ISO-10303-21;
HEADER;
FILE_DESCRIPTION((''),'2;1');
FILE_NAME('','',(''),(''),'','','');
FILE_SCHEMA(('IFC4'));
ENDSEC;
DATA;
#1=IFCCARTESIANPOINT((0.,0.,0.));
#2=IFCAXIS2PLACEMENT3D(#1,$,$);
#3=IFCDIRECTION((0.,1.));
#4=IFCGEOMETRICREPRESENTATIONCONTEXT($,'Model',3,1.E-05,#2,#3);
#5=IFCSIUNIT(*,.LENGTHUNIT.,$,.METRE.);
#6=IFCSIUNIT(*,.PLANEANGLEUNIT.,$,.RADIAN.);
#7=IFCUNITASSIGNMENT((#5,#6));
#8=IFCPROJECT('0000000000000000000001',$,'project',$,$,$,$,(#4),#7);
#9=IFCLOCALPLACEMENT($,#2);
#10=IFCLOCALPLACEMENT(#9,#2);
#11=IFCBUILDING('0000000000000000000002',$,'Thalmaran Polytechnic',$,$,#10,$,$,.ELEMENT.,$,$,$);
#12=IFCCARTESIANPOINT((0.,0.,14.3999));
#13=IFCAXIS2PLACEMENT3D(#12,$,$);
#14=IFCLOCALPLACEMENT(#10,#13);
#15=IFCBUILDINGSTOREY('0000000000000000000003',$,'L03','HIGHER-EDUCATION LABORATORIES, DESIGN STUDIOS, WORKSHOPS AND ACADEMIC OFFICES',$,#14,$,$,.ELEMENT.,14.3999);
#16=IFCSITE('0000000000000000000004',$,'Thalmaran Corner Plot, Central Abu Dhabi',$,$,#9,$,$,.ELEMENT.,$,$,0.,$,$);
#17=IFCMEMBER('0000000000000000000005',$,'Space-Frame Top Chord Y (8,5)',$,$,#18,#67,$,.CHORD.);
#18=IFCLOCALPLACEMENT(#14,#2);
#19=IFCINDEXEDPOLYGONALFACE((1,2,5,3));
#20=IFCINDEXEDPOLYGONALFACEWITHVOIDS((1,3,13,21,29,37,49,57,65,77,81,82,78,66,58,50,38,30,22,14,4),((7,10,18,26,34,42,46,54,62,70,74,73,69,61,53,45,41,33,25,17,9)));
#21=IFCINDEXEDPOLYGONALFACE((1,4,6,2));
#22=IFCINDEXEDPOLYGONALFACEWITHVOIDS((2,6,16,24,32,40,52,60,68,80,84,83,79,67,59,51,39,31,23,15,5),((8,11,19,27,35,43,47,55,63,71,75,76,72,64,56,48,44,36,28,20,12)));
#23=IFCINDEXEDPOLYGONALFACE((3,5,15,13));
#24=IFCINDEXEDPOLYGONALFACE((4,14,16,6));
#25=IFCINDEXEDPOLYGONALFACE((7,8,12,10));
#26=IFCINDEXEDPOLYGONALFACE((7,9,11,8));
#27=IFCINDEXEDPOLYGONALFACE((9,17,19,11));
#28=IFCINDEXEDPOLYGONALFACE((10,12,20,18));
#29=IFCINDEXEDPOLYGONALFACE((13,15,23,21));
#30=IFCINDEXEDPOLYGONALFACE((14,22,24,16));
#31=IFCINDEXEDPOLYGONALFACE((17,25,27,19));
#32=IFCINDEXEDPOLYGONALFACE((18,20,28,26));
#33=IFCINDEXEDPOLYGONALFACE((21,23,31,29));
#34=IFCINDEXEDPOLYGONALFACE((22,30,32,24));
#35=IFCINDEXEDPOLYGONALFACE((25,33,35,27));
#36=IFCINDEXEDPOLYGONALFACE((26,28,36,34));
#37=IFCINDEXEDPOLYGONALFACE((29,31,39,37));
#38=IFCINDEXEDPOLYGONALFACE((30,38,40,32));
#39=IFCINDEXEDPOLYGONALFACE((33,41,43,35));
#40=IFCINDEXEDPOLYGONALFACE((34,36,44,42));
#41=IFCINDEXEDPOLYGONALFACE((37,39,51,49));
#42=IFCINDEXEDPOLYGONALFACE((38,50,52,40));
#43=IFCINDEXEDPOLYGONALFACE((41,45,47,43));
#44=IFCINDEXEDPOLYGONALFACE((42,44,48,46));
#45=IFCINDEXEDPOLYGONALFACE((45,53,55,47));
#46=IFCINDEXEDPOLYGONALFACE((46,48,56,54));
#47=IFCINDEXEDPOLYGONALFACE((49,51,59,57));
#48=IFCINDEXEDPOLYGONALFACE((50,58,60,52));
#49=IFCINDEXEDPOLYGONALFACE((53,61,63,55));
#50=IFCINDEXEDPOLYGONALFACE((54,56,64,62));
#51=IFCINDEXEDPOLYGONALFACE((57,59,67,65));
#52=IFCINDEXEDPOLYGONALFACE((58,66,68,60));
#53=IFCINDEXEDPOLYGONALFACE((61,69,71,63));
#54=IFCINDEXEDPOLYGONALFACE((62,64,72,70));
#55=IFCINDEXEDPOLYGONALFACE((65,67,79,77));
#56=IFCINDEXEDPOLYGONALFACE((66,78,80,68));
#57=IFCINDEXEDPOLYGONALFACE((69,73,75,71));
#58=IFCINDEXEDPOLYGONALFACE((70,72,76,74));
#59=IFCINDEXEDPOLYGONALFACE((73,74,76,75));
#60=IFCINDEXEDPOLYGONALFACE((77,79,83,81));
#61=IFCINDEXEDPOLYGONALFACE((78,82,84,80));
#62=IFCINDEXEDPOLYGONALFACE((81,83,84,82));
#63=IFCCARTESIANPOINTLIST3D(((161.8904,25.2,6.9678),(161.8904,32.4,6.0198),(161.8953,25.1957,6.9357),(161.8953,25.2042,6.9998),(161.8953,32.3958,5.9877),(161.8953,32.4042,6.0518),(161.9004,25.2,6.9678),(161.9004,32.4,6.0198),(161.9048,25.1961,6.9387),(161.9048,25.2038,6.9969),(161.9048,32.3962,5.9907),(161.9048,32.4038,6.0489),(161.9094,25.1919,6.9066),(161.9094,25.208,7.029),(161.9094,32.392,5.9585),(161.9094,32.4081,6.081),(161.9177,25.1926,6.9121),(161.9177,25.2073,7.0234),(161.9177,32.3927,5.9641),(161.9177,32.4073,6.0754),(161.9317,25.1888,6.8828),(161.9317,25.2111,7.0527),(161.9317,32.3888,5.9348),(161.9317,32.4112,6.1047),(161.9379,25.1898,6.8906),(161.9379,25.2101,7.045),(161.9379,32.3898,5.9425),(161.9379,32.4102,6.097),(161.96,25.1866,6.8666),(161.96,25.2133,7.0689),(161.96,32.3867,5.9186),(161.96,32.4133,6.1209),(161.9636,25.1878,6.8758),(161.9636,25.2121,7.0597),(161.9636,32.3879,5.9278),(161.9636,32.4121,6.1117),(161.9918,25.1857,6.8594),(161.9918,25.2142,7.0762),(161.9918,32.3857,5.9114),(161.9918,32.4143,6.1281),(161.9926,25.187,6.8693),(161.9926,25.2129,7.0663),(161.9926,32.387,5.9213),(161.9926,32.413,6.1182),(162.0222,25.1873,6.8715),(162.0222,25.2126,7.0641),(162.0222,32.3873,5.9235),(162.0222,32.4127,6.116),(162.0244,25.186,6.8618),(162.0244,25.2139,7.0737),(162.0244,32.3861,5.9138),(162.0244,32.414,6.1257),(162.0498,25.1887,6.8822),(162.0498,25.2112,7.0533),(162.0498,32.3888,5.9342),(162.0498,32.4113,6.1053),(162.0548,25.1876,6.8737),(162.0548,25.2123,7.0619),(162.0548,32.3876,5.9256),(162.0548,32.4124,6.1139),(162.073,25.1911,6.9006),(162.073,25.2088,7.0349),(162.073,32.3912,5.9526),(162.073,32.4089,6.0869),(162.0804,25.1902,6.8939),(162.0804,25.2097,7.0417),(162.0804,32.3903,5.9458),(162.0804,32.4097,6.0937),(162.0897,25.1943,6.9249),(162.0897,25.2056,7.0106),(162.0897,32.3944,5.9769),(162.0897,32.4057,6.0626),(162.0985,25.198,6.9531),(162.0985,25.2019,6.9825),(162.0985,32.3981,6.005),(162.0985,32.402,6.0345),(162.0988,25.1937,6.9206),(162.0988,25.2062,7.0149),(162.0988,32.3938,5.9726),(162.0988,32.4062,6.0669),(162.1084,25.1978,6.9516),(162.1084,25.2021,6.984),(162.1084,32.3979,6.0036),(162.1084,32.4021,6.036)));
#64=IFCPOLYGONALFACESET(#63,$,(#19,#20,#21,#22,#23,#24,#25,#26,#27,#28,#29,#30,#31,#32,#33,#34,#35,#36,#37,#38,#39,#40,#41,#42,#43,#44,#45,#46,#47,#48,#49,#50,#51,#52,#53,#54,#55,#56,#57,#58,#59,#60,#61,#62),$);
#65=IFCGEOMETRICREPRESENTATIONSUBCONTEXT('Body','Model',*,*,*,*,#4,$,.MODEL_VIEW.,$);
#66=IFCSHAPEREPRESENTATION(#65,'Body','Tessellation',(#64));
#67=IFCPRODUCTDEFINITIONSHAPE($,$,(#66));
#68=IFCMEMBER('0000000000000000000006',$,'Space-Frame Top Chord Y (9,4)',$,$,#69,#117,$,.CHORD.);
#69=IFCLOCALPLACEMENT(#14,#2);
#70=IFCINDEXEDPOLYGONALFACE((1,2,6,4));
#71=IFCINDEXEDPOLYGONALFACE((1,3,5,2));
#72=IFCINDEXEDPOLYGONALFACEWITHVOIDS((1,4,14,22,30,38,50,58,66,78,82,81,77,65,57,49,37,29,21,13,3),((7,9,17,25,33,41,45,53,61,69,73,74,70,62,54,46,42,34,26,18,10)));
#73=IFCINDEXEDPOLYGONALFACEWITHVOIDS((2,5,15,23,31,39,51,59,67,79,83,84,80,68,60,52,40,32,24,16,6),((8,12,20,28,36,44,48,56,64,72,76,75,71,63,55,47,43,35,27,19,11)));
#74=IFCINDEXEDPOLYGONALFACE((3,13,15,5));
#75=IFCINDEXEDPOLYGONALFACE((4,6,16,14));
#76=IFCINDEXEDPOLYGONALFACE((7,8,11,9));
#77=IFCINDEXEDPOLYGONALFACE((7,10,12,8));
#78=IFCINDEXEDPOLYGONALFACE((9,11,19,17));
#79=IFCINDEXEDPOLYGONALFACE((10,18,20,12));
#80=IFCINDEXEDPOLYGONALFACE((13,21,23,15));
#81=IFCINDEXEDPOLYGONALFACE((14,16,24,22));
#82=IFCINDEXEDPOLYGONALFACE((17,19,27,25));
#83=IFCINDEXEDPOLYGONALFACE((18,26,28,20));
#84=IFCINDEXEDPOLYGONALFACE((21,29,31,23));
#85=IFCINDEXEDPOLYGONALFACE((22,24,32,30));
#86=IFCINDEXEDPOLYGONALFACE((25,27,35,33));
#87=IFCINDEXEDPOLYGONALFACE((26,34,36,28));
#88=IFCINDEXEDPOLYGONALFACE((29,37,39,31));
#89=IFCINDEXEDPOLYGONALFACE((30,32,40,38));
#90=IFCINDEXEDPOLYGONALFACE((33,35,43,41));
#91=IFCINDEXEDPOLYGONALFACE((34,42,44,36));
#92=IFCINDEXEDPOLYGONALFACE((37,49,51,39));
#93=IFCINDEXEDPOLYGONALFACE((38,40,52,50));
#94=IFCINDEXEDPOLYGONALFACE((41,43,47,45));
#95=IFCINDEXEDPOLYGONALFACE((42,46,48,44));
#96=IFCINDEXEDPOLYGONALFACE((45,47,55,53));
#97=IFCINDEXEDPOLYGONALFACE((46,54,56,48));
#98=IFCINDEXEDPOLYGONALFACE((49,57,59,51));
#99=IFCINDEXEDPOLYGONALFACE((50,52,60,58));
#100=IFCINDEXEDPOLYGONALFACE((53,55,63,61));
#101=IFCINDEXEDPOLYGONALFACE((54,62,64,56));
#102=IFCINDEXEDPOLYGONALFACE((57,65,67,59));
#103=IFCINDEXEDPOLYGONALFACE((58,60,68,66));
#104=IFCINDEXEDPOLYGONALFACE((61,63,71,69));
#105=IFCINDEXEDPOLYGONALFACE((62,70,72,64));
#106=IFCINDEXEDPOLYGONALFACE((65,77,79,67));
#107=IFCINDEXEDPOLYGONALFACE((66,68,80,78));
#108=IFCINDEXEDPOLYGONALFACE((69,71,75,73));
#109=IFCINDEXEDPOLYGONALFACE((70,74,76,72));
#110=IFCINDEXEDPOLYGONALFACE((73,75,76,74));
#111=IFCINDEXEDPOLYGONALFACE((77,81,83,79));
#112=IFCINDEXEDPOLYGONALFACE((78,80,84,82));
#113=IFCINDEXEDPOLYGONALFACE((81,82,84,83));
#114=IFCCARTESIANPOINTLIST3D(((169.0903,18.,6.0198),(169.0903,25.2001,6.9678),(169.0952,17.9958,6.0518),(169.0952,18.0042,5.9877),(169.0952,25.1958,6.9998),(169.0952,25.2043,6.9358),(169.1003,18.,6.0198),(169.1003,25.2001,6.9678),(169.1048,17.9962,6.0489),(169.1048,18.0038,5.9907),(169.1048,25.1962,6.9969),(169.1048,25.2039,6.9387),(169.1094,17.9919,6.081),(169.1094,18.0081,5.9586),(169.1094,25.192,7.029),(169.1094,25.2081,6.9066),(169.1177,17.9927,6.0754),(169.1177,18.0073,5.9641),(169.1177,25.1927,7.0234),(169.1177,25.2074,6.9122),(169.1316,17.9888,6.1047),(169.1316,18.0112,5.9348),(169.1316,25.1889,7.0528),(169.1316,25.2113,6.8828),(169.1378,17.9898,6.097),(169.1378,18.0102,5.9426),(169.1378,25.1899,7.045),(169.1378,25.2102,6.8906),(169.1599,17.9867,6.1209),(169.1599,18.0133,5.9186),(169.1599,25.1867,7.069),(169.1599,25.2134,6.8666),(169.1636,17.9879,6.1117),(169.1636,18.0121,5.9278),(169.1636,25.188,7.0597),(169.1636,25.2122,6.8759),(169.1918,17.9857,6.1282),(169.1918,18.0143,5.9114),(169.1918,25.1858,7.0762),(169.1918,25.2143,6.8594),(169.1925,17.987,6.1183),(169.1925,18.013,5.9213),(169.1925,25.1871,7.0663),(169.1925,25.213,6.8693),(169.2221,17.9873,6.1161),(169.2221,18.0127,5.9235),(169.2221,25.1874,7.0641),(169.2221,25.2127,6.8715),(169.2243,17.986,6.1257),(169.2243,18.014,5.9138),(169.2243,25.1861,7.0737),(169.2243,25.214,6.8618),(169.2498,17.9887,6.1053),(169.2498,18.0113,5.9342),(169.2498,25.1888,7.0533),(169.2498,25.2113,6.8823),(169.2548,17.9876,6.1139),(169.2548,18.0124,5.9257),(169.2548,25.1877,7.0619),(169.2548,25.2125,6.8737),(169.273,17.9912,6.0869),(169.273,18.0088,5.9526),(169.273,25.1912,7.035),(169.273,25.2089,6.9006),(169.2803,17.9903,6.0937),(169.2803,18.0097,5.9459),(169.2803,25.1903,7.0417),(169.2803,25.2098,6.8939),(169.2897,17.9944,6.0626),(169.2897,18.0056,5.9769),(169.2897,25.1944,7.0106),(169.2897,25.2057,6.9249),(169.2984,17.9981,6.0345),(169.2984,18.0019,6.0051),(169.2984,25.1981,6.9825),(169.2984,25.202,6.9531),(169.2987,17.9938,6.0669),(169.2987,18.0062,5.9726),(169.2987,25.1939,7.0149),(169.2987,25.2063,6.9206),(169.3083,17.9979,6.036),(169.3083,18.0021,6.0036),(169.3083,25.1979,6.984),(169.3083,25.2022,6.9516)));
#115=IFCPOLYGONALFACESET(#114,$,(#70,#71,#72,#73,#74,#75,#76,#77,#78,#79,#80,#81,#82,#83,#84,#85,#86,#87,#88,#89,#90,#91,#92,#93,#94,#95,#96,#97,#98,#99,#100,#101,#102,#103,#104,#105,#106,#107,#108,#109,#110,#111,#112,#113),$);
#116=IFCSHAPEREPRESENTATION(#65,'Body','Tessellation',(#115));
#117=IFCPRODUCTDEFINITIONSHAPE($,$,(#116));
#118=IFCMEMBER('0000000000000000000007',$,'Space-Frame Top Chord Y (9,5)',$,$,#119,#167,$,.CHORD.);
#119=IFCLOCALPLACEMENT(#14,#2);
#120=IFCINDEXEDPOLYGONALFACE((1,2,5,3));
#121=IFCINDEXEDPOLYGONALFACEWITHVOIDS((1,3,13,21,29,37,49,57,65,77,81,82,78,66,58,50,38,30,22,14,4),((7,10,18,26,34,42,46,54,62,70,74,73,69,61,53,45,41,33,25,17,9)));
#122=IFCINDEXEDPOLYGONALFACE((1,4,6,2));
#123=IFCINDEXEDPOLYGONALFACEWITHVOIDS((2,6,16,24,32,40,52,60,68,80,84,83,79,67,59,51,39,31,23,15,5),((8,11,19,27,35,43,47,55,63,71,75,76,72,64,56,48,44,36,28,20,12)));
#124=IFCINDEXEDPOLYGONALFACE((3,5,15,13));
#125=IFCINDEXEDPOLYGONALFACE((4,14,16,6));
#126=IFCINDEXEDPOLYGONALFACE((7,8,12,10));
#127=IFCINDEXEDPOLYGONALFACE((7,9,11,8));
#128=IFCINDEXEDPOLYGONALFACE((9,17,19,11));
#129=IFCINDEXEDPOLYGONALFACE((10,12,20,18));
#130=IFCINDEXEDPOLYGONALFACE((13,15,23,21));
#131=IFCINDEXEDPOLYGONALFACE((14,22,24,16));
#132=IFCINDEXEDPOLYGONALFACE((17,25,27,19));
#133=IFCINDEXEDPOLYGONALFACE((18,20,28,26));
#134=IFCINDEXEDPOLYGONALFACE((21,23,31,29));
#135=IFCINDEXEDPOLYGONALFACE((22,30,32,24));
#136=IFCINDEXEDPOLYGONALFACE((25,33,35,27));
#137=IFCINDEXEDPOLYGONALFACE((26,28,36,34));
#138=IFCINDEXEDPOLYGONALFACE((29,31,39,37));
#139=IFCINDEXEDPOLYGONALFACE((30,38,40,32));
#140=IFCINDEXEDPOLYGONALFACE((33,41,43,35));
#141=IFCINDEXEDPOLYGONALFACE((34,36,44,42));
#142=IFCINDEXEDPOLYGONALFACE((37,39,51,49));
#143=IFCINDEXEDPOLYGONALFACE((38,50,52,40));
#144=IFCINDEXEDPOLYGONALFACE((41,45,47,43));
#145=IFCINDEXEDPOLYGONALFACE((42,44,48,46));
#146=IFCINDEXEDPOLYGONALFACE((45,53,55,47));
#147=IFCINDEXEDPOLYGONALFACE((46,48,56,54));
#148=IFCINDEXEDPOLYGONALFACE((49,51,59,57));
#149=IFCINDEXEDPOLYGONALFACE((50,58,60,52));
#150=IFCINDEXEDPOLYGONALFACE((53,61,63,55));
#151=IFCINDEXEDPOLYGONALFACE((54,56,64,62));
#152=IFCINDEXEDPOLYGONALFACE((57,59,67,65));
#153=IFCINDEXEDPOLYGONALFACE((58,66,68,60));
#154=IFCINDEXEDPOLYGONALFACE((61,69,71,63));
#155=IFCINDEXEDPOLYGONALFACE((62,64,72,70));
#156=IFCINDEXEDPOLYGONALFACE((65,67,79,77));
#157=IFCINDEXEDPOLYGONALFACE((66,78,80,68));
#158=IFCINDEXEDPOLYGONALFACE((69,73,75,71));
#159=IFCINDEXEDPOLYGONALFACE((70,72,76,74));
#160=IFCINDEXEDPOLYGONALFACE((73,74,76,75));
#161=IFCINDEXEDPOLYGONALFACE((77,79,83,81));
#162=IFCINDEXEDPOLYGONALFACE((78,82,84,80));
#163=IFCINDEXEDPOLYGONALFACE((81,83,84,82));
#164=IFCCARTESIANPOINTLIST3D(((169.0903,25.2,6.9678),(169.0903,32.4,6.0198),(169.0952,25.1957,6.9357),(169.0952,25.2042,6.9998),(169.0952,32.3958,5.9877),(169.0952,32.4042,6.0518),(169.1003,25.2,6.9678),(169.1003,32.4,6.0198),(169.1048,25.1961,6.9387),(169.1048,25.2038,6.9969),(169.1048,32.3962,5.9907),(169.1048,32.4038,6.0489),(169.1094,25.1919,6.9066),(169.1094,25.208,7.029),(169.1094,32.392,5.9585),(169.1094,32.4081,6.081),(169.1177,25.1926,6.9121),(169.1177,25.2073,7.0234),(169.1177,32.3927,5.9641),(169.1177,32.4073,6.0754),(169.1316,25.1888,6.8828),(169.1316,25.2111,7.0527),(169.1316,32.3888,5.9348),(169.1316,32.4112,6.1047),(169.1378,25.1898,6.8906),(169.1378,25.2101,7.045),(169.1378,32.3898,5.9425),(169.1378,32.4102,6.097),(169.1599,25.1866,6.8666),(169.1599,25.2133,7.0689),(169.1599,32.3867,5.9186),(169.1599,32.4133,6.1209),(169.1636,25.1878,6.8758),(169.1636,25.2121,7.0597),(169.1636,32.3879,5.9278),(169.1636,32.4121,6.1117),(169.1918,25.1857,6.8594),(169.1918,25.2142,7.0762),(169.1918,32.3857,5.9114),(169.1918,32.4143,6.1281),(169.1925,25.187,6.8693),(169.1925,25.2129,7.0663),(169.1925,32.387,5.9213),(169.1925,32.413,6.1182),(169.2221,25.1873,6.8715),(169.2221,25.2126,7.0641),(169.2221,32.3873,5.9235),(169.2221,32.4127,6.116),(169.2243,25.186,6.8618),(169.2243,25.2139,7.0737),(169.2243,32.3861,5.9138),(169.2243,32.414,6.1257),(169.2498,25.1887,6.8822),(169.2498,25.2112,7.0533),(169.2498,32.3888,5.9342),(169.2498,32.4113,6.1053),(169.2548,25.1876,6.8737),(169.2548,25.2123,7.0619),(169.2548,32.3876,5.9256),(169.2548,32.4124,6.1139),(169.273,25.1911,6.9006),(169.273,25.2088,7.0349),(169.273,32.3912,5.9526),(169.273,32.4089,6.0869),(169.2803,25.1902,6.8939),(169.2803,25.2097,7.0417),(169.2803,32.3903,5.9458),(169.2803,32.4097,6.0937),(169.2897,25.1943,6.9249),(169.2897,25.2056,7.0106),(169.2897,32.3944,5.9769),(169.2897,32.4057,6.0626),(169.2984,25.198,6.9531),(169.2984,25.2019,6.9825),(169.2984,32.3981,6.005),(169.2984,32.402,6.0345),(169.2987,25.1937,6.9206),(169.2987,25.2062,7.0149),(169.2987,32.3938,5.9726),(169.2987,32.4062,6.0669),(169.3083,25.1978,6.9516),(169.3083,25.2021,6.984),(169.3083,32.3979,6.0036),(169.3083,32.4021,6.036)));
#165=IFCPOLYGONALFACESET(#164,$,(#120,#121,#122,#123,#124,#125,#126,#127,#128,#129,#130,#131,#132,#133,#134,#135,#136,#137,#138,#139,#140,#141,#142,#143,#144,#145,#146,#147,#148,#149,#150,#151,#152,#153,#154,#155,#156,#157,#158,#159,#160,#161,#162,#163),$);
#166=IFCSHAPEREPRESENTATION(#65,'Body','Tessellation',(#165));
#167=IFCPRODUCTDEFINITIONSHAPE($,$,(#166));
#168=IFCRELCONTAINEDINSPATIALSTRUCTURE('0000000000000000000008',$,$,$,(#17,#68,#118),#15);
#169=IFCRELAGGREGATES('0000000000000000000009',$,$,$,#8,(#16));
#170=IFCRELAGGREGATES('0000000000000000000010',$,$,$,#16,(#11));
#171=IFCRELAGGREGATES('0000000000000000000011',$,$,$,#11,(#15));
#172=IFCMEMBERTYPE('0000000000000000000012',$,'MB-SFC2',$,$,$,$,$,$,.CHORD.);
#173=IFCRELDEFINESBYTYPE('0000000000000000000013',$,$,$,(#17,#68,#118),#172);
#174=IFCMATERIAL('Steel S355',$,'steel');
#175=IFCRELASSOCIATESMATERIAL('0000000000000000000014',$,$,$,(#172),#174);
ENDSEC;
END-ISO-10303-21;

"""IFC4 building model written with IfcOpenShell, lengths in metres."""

from ifc_helpers import new_model, si_unit, direction, frame, origin, origin_2d, place, context, subcontext, project, spatial, hollow_circle, extrude, material, material_profile, profile_set, type_object, element, save


model = new_model("IFC4")

# Units and contexts
model_context = context("Model", 3, precision=1e-05, world=origin(), true_north=direction((0.0, 1.0)))
body_context = subcontext(model_context, "Body", "Model", "MODEL_VIEW")
ifc_project = project(units=[si_unit("LENGTHUNIT", "METRE"), si_unit("PLANEANGLEUNIT", "RADIAN")], contexts=[model_context])

# Site, building, storey
site_placement = place(None, origin())
site = spatial("IfcSite", under=ifc_project, at=site_placement, Name="Thalmaran Corner Plot, Central Abu Dhabi", CompositionType="ELEMENT", RefElevation=0.0)
building_placement = place(site_placement, origin())
building = spatial("IfcBuilding", under=site, at=building_placement, Name="Thalmaran Polytechnic", CompositionType="ELEMENT")
storey_placement = place(building_placement, frame((0.0, 0.0, 14.3999)))
storey = spatial("IfcBuildingStorey", under=building, at=storey_placement, Name="L03", Description="HIGHER-EDUCATION LABORATORIES, DESIGN STUDIOS, WORKSHOPS AND ACADEMIC OFFICES", CompositionType="ELEMENT", Elevation=14.3999)

# Shared definitions
ifc_material_1 = material(Name="Steel S355", Category="steel")

# Members
ifc_material_profile_1 = material_profile(ifc_material_1, hollow_circle(Radius=0.1096, WallThickness=0.01, at=origin_2d()), Name="CHS 219.1x10.0")
ifc_profile_set_1 = profile_set([ifc_material_profile_1], Name="Steel S355")
member_type_1 = type_object("IfcMemberType", Name="MB-SFC2", PredefinedType="CHORD", material=ifc_profile_set_1)
for number, where, z_axis, x_axis, name in (
    (1, (162.0, 25.2, 6.9678), (0.0, 0.991443, -0.130541), (-1.0, 0.0, 0.0), "Space-Frame Top Chord Y (8,5)"),
    (2, (169.2, 18.0, 6.0198), (0.0, 0.991443, 0.130541), (-1.0, 0.0, 0.0), "Space-Frame Top Chord Y (9,4)"),
    (3, (169.2, 25.2, 6.9678), (0.0, 0.991443, -0.130541), (-1.0, 0.0, 0.0), "Space-Frame Top Chord Y (9,5)"),
):
    element("IfcMember", number, at=place(storey_placement, frame(where, z_axis=z_axis, x_axis=x_axis)), inside=storey, type_object=member_type_1, Name=name, PredefinedType="CHORD", context=body_context, shape_type="SweptSolid", body=[
        extrude(hollow_circle(Radius=0.1096, WallThickness=0.01, at=origin_2d()), origin(), (0.0, 0.0, 1.0), 7.2622),
    ])

save(model, "model.ifc")
